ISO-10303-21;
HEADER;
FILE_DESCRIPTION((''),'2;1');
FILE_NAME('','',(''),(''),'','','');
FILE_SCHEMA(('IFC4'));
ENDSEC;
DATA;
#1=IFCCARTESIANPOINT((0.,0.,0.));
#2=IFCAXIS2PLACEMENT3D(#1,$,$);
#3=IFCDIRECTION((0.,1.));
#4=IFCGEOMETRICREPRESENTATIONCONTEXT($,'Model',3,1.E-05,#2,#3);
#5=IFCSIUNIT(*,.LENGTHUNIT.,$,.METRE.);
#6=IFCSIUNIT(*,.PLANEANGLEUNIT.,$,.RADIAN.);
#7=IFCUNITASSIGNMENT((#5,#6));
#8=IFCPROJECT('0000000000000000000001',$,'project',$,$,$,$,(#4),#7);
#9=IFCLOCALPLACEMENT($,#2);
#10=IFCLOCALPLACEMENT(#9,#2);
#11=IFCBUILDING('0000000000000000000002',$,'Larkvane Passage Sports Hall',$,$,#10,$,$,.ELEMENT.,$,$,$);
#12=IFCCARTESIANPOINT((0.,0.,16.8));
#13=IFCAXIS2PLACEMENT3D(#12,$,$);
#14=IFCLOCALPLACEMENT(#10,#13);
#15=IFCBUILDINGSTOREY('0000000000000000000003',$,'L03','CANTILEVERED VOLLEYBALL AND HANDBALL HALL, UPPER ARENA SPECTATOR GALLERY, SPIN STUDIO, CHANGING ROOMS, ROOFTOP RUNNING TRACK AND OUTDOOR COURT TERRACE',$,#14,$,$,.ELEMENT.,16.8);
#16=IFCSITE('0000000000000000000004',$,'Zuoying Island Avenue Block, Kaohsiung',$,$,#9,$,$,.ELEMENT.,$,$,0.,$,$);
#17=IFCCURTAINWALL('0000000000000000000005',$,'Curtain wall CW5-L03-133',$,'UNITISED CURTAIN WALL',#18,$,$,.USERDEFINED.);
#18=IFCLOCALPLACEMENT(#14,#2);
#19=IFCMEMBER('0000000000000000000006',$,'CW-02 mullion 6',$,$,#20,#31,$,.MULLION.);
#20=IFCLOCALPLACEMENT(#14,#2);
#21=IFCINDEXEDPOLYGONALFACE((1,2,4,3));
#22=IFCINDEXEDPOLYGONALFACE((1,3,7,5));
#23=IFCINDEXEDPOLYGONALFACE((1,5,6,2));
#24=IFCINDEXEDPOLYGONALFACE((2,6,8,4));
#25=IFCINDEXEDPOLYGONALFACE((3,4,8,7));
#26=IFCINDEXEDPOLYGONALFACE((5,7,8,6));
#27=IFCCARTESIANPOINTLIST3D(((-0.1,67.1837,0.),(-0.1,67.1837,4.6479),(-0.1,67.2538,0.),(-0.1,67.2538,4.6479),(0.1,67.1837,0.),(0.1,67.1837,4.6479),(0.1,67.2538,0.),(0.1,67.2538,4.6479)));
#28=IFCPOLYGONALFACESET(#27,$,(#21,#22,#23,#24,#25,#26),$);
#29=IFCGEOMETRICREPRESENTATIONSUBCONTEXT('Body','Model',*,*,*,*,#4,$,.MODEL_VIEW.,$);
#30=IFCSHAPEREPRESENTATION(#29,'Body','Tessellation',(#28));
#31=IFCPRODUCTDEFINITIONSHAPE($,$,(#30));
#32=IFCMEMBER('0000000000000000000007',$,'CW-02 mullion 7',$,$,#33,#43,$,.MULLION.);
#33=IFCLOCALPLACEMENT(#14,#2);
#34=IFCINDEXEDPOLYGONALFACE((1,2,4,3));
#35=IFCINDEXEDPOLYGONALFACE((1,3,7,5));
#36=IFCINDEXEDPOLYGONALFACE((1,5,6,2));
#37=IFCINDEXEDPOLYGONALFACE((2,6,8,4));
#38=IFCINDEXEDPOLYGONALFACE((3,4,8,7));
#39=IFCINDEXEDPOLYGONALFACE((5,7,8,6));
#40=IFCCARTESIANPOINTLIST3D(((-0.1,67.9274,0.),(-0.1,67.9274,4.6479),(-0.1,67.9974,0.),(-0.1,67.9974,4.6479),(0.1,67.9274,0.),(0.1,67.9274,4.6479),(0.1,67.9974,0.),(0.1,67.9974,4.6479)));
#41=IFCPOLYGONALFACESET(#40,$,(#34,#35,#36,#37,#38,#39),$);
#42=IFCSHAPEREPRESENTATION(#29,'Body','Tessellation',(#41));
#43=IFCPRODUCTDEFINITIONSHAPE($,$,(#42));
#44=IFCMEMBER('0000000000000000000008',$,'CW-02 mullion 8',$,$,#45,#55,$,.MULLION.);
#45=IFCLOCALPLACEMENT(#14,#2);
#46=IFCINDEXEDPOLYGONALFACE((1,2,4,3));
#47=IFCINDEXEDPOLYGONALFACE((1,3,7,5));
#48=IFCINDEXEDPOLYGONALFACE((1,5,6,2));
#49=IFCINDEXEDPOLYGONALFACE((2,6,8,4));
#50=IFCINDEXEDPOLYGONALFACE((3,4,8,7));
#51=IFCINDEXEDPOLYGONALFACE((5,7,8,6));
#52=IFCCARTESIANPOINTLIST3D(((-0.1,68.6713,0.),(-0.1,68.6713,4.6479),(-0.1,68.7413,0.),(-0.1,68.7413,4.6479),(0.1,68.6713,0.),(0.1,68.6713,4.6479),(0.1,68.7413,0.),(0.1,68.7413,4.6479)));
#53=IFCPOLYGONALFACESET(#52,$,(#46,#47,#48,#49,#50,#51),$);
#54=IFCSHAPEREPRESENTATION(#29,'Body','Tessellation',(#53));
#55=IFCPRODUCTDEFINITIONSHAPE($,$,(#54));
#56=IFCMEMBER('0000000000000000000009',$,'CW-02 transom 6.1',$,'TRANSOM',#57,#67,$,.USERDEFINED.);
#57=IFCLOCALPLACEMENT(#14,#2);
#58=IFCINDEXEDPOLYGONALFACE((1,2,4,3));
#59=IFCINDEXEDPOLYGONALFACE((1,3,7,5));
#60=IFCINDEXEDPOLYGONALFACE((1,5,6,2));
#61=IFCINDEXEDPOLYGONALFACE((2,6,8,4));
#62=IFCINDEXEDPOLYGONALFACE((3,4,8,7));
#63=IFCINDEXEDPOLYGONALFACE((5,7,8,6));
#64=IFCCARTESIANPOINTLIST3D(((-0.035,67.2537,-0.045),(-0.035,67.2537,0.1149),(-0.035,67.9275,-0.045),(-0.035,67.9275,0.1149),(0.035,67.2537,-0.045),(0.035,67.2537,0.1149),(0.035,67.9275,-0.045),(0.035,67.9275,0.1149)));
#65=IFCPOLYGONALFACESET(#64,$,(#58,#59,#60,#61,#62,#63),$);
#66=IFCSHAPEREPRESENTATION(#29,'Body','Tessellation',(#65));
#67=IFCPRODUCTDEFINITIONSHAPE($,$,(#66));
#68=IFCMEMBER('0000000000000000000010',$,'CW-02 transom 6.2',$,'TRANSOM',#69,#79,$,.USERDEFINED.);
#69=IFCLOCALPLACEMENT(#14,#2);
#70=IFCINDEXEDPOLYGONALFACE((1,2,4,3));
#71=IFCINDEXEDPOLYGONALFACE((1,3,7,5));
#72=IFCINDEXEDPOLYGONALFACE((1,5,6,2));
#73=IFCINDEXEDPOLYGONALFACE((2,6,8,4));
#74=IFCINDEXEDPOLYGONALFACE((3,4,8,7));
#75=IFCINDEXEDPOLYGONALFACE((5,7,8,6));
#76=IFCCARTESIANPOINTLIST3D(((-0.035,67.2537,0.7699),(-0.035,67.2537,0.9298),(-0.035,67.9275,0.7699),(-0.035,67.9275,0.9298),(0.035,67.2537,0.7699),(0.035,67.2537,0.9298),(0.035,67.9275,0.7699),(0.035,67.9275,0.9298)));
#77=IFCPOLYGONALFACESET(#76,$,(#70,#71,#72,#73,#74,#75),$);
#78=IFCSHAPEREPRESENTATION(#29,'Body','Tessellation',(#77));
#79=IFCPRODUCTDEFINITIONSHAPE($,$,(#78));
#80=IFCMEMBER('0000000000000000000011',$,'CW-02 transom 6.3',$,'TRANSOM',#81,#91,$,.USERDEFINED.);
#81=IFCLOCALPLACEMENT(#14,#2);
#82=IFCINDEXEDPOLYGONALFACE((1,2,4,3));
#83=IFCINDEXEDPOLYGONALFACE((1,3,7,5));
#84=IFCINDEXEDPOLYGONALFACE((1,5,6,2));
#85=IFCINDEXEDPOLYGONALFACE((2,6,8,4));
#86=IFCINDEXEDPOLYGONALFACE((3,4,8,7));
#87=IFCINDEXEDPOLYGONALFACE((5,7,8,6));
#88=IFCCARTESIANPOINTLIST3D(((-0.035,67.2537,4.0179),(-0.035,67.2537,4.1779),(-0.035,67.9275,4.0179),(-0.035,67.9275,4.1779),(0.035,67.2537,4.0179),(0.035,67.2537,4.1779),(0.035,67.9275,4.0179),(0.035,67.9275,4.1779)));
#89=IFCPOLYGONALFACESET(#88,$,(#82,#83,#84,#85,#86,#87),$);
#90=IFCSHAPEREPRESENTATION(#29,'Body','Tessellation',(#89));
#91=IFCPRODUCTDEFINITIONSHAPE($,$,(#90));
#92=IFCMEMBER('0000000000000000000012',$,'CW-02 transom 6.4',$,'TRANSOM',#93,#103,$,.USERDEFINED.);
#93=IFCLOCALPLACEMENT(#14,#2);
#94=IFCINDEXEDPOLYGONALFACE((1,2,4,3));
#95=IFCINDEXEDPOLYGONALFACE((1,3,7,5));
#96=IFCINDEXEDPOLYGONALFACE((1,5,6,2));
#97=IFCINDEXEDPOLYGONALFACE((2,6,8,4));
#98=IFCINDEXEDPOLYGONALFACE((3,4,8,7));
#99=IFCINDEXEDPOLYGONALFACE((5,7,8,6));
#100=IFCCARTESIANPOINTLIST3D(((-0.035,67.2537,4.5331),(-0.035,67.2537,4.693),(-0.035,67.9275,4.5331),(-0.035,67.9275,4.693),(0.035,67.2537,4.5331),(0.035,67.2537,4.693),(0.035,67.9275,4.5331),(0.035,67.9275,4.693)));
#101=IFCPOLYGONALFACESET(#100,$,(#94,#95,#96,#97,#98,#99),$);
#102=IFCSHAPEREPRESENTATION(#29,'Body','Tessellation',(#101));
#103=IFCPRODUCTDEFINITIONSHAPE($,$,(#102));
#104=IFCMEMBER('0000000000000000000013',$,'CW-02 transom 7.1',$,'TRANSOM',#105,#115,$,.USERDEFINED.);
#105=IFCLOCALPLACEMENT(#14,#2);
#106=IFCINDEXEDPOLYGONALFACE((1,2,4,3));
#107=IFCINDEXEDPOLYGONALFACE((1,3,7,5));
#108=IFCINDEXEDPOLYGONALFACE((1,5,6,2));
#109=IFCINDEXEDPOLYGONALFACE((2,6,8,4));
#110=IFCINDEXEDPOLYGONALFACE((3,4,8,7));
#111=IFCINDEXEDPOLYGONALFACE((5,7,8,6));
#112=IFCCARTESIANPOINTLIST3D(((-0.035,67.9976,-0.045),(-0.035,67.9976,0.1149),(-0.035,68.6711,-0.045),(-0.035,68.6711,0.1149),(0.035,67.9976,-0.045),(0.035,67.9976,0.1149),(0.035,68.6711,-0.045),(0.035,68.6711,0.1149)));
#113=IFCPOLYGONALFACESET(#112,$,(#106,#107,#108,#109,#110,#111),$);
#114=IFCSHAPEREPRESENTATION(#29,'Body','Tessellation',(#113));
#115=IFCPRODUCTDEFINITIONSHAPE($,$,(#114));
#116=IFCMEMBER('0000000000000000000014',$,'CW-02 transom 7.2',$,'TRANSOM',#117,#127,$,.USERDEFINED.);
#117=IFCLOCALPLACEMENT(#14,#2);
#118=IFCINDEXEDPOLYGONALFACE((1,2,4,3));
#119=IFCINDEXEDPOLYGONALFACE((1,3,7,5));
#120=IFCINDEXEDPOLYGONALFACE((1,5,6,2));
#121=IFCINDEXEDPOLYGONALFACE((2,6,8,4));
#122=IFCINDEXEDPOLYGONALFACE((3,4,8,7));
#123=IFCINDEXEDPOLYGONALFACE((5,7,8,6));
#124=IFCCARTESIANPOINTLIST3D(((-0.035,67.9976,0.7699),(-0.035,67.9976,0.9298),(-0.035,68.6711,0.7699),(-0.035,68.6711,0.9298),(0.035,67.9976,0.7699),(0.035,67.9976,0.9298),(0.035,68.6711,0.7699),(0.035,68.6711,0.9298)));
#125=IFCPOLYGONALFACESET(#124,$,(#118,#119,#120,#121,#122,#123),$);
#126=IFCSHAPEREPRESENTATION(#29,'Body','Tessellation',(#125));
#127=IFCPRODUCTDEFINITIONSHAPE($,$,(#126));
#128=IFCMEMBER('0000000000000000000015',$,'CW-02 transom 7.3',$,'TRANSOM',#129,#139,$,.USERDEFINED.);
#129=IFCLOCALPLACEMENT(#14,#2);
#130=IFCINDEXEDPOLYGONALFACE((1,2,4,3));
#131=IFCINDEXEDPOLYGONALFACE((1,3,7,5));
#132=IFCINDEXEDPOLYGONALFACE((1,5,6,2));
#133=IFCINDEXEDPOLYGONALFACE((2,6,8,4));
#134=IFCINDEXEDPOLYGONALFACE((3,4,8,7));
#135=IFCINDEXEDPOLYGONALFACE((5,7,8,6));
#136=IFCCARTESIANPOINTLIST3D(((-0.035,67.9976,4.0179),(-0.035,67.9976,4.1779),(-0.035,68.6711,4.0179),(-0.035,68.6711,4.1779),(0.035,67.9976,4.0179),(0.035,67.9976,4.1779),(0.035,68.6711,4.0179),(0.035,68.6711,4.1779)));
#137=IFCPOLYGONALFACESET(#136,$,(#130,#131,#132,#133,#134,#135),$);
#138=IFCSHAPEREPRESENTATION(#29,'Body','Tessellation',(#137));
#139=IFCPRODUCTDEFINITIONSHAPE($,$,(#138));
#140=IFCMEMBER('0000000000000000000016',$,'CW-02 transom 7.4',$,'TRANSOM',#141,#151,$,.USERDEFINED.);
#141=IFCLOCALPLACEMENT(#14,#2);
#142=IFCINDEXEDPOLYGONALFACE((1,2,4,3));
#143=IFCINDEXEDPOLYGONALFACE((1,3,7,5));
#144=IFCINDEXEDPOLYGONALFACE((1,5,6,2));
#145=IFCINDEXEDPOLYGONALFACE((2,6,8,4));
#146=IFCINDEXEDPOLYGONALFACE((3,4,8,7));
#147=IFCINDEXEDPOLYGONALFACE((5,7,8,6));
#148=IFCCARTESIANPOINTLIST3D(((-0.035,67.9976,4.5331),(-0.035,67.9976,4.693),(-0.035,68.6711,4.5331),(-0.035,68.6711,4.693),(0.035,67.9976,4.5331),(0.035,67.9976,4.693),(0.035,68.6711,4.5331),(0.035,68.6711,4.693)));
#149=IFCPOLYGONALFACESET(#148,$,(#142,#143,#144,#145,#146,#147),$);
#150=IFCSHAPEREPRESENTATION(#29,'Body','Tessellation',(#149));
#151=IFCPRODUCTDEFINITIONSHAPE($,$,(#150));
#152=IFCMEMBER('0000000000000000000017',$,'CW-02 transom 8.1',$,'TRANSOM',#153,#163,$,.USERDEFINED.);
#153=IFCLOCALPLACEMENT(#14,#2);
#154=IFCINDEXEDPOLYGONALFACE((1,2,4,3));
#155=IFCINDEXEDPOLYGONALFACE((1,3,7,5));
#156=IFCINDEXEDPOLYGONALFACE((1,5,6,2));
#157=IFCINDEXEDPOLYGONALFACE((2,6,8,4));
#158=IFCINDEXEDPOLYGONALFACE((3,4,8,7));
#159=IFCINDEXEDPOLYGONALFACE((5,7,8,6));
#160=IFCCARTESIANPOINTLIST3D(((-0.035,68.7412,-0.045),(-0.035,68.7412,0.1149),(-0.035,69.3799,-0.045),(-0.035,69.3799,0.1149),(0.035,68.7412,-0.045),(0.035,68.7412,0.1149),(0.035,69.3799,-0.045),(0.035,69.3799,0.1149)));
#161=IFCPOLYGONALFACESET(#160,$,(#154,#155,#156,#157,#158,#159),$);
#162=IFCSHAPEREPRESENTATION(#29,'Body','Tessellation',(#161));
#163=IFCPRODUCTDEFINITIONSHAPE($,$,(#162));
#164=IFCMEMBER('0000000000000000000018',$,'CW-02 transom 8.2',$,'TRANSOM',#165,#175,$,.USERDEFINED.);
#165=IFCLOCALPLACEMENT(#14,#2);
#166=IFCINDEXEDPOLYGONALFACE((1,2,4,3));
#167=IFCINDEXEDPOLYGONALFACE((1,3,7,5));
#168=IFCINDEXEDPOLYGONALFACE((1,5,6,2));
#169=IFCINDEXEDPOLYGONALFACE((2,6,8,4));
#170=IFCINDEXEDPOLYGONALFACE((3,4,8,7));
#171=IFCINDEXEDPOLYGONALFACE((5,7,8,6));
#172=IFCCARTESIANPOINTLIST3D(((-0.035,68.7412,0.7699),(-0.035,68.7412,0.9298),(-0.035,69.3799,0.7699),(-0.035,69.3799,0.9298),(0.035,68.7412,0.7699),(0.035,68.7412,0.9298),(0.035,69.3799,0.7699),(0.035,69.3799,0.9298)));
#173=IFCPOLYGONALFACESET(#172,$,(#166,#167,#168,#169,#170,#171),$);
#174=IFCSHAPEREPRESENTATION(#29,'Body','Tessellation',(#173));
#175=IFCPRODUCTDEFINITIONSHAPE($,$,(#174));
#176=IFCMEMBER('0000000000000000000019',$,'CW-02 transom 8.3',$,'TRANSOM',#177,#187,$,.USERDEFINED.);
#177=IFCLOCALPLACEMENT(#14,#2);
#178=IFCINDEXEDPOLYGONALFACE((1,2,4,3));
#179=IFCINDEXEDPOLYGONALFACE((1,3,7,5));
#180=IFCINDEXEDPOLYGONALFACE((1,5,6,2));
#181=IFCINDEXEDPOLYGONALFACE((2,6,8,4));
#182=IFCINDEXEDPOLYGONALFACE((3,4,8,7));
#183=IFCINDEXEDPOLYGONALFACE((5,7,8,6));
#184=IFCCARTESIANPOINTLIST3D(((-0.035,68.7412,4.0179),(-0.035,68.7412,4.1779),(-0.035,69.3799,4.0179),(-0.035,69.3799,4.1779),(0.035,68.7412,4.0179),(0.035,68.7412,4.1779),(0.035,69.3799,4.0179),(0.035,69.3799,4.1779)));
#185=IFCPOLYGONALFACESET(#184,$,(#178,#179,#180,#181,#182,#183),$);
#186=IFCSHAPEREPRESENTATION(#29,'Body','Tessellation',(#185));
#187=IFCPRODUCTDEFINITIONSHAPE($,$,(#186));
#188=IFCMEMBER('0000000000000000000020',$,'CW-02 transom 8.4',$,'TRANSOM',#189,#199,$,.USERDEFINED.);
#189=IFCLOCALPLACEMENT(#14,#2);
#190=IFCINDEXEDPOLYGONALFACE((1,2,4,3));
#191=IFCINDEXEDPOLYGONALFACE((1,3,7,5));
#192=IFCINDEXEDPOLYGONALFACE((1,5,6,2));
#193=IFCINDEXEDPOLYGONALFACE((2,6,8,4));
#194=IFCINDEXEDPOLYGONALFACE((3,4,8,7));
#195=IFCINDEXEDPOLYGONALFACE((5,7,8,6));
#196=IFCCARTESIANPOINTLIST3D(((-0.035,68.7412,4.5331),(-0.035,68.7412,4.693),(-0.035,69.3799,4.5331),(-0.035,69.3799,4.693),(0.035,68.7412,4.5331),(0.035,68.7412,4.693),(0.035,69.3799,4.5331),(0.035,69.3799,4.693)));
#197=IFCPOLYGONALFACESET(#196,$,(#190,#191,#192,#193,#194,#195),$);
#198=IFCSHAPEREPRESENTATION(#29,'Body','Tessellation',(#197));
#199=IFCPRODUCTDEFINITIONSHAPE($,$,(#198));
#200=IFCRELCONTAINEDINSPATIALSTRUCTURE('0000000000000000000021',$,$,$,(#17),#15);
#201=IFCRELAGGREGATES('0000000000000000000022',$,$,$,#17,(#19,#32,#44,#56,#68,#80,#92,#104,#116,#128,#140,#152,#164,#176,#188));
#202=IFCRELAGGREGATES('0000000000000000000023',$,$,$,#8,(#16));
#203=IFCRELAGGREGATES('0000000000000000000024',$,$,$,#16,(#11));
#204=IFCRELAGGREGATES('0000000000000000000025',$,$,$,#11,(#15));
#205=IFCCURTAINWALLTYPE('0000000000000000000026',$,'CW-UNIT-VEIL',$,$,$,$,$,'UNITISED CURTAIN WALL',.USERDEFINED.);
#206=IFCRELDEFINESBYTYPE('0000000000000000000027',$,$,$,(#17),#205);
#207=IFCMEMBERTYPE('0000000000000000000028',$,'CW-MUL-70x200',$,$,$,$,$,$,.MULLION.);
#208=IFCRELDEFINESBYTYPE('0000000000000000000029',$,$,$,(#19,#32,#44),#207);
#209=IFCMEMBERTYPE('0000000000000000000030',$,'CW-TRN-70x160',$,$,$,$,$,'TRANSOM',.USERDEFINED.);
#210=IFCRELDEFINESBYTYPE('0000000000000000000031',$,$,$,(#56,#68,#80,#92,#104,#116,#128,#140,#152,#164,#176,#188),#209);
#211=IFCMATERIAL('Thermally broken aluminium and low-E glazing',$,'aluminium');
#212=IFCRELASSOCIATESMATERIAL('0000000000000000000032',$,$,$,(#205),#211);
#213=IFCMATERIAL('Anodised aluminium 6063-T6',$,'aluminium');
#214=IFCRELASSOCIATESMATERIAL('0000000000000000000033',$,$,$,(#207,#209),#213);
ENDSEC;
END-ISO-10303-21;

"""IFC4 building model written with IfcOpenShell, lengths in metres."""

from ifc_helpers import new_model, si_unit, direction, frame, origin, origin_2d, place, context, subcontext, project, spatial, rectangle, extrude, material, material_profile, profile_set, type_object, element, aggregate, save


model = new_model("IFC4")

# Units and contexts
model_context = context("Model", 3, precision=1e-05, world=origin(), true_north=direction((0.0, 1.0)))
body_context = subcontext(model_context, "Body", "Model", "MODEL_VIEW")
ifc_project = project(units=[si_unit("LENGTHUNIT", "METRE"), si_unit("PLANEANGLEUNIT", "RADIAN")], contexts=[model_context])

# Site, building, storey
site_placement = place(None, origin())
site = spatial("IfcSite", under=ifc_project, at=site_placement, Name="Zuoying Island Avenue Block, Kaohsiung", CompositionType="ELEMENT", RefElevation=0.0)
building_placement = place(site_placement, origin())
building = spatial("IfcBuilding", under=site, at=building_placement, Name="Larkvane Passage Sports Hall", CompositionType="ELEMENT")
storey_placement = place(building_placement, frame((0.0, 0.0, 16.8)))
storey = spatial("IfcBuildingStorey", under=building, at=storey_placement, Name="L03", Description="CANTILEVERED VOLLEYBALL AND HANDBALL HALL, UPPER ARENA SPECTATOR GALLERY, SPIN STUDIO, CHANGING ROOMS, ROOFTOP RUNNING TRACK AND OUTDOOR COURT TERRACE", CompositionType="ELEMENT", Elevation=16.8)

# Curtain wall, members
ifc_material_1 = material(Name="Thermally broken aluminium and low-E glazing", Category="aluminium")
curtain_wall_type = type_object("IfcCurtainWallType", Name="CW-UNIT-VEIL", ElementType="UNITISED CURTAIN WALL", PredefinedType="USERDEFINED", material=ifc_material_1)
curtain_wall_placement = place(storey_placement, origin())
curtain_wall = element("IfcCurtainWall", 1, at=curtain_wall_placement, inside=storey, type_object=curtain_wall_type, Name="Curtain wall CW5-L03-133", ObjectType="UNITISED CURTAIN WALL", PredefinedType="USERDEFINED")
ifc_material_2 = material(Name="Anodised aluminium 6063-T6", Category="aluminium")
ifc_material_profile_1 = material_profile(ifc_material_2, rectangle(XDim=0.0701, YDim=0.2, at=origin_2d()), Name="ALU-MUL-70x200")
ifc_profile_set_1 = profile_set([ifc_material_profile_1], Name="Anodised aluminium 6063-T6")
member_type_1 = type_object("IfcMemberType", Name="CW-MUL-70x200", PredefinedType="MULLION", material=ifc_profile_set_1)
member_1_placement = place(storey_placement, frame((0.0, 67.2188, 0.0), z_axis=(0.0, 0.0, 1.0), x_axis=(0.0, 1.0, 0.0)))
member_1 = element("IfcMember", 2, at=member_1_placement, type_object=member_type_1, Name="CW-02 mullion 6", PredefinedType="MULLION", context=body_context, shape_type="SweptSolid", body=[
    extrude(rectangle(XDim=0.0701, YDim=0.2, at=origin_2d()), origin(), (0.0, 0.0, 1.0), 4.6479),
])
member_2_placement = place(storey_placement, frame((0.0, 67.9624, 0.0), z_axis=(0.0, 0.0, 1.0), x_axis=(0.0, 1.0, 0.0)))
member_2 = element("IfcMember", 3, at=member_2_placement, type_object=member_type_1, Name="CW-02 mullion 7", PredefinedType="MULLION", context=body_context, shape_type="SweptSolid", body=[
    extrude(rectangle(XDim=0.0701, YDim=0.2, at=origin_2d()), origin(), (0.0, 0.0, 1.0), 4.6479),
])
member_3_placement = place(storey_placement, frame((0.0, 68.7063, 0.0), z_axis=(0.0, 0.0, 1.0), x_axis=(0.0, 1.0, 0.0)))
member_3 = element("IfcMember", 4, at=member_3_placement, type_object=member_type_1, Name="CW-02 mullion 8", PredefinedType="MULLION", context=body_context, shape_type="SweptSolid", body=[
    extrude(rectangle(XDim=0.0701, YDim=0.2, at=origin_2d()), origin(), (0.0, 0.0, 1.0), 4.6479),
])
ifc_material_profile_2 = material_profile(ifc_material_2, rectangle(XDim=0.0701, YDim=0.1599, at=origin_2d()), Name="ALU-TRN-70x160")
ifc_profile_set_2 = profile_set([ifc_material_profile_2], Name="Anodised aluminium 6063-T6")
member_type_2 = type_object("IfcMemberType", Name="CW-TRN-70x160", ElementType="TRANSOM", PredefinedType="USERDEFINED", material=ifc_profile_set_2)
member_4_placement = place(storey_placement, frame((0.0, 67.2537, 0.0349), z_axis=(0.0, 1.0, 0.0), x_axis=(-1.0, 0.0, 0.0)))
member_4 = element("IfcMember", 5, at=member_4_placement, type_object=member_type_2, Name="CW-02 transom 6.1", ObjectType="TRANSOM", PredefinedType="USERDEFINED", context=body_context, shape_type="SweptSolid", body=[
    extrude(rectangle(XDim=0.0701, YDim=0.1599, at=origin_2d()), origin(), (0.0, 0.0, 1.0), 0.6738),
])
member_5_placement = place(storey_placement, frame((0.0, 67.2537, 0.8499), z_axis=(0.0, 1.0, 0.0), x_axis=(-1.0, 0.0, 0.0)))
member_5 = element("IfcMember", 6, at=member_5_placement, type_object=member_type_2, Name="CW-02 transom 6.2", ObjectType="TRANSOM", PredefinedType="USERDEFINED", context=body_context, shape_type="SweptSolid", body=[
    extrude(rectangle(XDim=0.0701, YDim=0.1599, at=origin_2d()), origin(), (0.0, 0.0, 1.0), 0.6738),
])
member_6_placement = place(storey_placement, frame((0.0, 67.2537, 4.0979), z_axis=(0.0, 1.0, 0.0), x_axis=(-1.0, 0.0, 0.0)))
member_6 = element("IfcMember", 7, at=member_6_placement, type_object=member_type_2, Name="CW-02 transom 6.3", ObjectType="TRANSOM", PredefinedType="USERDEFINED", context=body_context, shape_type="SweptSolid", body=[
    extrude(rectangle(XDim=0.0701, YDim=0.1599, at=origin_2d()), origin(), (0.0, 0.0, 1.0), 0.6738),
])
member_7_placement = place(storey_placement, frame((0.0, 67.2537, 4.613), z_axis=(0.0, 1.0, 0.0), x_axis=(-1.0, 0.0, 0.0)))
member_7 = element("IfcMember", 8, at=member_7_placement, type_object=member_type_2, Name="CW-02 transom 6.4", ObjectType="TRANSOM", PredefinedType="USERDEFINED", context=body_context, shape_type="SweptSolid", body=[
    extrude(rectangle(XDim=0.0701, YDim=0.1599, at=origin_2d()), origin(), (0.0, 0.0, 1.0), 0.6738),
])
member_8_placement = place(storey_placement, frame((0.0, 67.9976, 0.0349), z_axis=(0.0, 1.0, 0.0), x_axis=(-1.0, 0.0, 0.0)))
member_8 = element("IfcMember", 9, at=member_8_placement, type_object=member_type_2, Name="CW-02 transom 7.1", ObjectType="TRANSOM", PredefinedType="USERDEFINED", context=body_context, shape_type="SweptSolid", body=[
    extrude(rectangle(XDim=0.0701, YDim=0.1599, at=origin_2d()), origin(), (0.0, 0.0, 1.0), 0.6736),
])
member_9_placement = place(storey_placement, frame((0.0, 67.9976, 0.8499), z_axis=(0.0, 1.0, 0.0), x_axis=(-1.0, 0.0, 0.0)))
member_9 = element("IfcMember", 10, at=member_9_placement, type_object=member_type_2, Name="CW-02 transom 7.2", ObjectType="TRANSOM", PredefinedType="USERDEFINED", context=body_context, shape_type="SweptSolid", body=[
    extrude(rectangle(XDim=0.0701, YDim=0.1599, at=origin_2d()), origin(), (0.0, 0.0, 1.0), 0.6736),
])
member_10_placement = place(storey_placement, frame((0.0, 67.9976, 4.0979), z_axis=(0.0, 1.0, 0.0), x_axis=(-1.0, 0.0, 0.0)))
member_10 = element("IfcMember", 11, at=member_10_placement, type_object=member_type_2, Name="CW-02 transom 7.3", ObjectType="TRANSOM", PredefinedType="USERDEFINED", context=body_context, shape_type="SweptSolid", body=[
    extrude(rectangle(XDim=0.0701, YDim=0.1599, at=origin_2d()), origin(), (0.0, 0.0, 1.0), 0.6736),
])
member_11_placement = place(storey_placement, frame((0.0, 67.9976, 4.613), z_axis=(0.0, 1.0, 0.0), x_axis=(-1.0, 0.0, 0.0)))
member_11 = element("IfcMember", 12, at=member_11_placement, type_object=member_type_2, Name="CW-02 transom 7.4", ObjectType="TRANSOM", PredefinedType="USERDEFINED", context=body_context, shape_type="SweptSolid", body=[
    extrude(rectangle(XDim=0.0701, YDim=0.1599, at=origin_2d()), origin(), (0.0, 0.0, 1.0), 0.6736),
])
member_12_placement = place(storey_placement, frame((0.0, 68.7412, 0.0349), z_axis=(0.0, 1.0, 0.0), x_axis=(-1.0, 0.0, 0.0)))
member_12 = element("IfcMember", 13, at=member_12_placement, type_object=member_type_2, Name="CW-02 transom 8.1", ObjectType="TRANSOM", PredefinedType="USERDEFINED", context=body_context, shape_type="SweptSolid", body=[
    extrude(rectangle(XDim=0.0701, YDim=0.1599, at=origin_2d()), origin(), (0.0, 0.0, 1.0), 0.6387),
])
member_13_placement = place(storey_placement, frame((0.0, 68.7412, 0.8499), z_axis=(0.0, 1.0, 0.0), x_axis=(-1.0, 0.0, 0.0)))
member_13 = element("IfcMember", 14, at=member_13_placement, type_object=member_type_2, Name="CW-02 transom 8.2", ObjectType="TRANSOM", PredefinedType="USERDEFINED", context=body_context, shape_type="SweptSolid", body=[
    extrude(rectangle(XDim=0.0701, YDim=0.1599, at=origin_2d()), origin(), (0.0, 0.0, 1.0), 0.6387),
])
member_14_placement = place(storey_placement, frame((0.0, 68.7412, 4.0979), z_axis=(0.0, 1.0, 0.0), x_axis=(-1.0, 0.0, 0.0)))
member_14 = element("IfcMember", 15, at=member_14_placement, type_object=member_type_2, Name="CW-02 transom 8.3", ObjectType="TRANSOM", PredefinedType="USERDEFINED", context=body_context, shape_type="SweptSolid", body=[
    extrude(rectangle(XDim=0.0701, YDim=0.1599, at=origin_2d()), origin(), (0.0, 0.0, 1.0), 0.6387),
])
member_15_placement = place(storey_placement, frame((0.0, 68.7412, 4.613), z_axis=(0.0, 1.0, 0.0), x_axis=(-1.0, 0.0, 0.0)))
member_15 = element("IfcMember", 16, at=member_15_placement, type_object=member_type_2, Name="CW-02 transom 8.4", ObjectType="TRANSOM", PredefinedType="USERDEFINED", context=body_context, shape_type="SweptSolid", body=[
    extrude(rectangle(XDim=0.0701, YDim=0.1599, at=origin_2d()), origin(), (0.0, 0.0, 1.0), 0.6387),
])
aggregate(curtain_wall, [member_1, member_2, member_3, member_4, member_5, member_6, member_7, member_8, member_9, member_10, member_11, member_12, member_13, member_14, member_15])

save(model, "model.ifc")
